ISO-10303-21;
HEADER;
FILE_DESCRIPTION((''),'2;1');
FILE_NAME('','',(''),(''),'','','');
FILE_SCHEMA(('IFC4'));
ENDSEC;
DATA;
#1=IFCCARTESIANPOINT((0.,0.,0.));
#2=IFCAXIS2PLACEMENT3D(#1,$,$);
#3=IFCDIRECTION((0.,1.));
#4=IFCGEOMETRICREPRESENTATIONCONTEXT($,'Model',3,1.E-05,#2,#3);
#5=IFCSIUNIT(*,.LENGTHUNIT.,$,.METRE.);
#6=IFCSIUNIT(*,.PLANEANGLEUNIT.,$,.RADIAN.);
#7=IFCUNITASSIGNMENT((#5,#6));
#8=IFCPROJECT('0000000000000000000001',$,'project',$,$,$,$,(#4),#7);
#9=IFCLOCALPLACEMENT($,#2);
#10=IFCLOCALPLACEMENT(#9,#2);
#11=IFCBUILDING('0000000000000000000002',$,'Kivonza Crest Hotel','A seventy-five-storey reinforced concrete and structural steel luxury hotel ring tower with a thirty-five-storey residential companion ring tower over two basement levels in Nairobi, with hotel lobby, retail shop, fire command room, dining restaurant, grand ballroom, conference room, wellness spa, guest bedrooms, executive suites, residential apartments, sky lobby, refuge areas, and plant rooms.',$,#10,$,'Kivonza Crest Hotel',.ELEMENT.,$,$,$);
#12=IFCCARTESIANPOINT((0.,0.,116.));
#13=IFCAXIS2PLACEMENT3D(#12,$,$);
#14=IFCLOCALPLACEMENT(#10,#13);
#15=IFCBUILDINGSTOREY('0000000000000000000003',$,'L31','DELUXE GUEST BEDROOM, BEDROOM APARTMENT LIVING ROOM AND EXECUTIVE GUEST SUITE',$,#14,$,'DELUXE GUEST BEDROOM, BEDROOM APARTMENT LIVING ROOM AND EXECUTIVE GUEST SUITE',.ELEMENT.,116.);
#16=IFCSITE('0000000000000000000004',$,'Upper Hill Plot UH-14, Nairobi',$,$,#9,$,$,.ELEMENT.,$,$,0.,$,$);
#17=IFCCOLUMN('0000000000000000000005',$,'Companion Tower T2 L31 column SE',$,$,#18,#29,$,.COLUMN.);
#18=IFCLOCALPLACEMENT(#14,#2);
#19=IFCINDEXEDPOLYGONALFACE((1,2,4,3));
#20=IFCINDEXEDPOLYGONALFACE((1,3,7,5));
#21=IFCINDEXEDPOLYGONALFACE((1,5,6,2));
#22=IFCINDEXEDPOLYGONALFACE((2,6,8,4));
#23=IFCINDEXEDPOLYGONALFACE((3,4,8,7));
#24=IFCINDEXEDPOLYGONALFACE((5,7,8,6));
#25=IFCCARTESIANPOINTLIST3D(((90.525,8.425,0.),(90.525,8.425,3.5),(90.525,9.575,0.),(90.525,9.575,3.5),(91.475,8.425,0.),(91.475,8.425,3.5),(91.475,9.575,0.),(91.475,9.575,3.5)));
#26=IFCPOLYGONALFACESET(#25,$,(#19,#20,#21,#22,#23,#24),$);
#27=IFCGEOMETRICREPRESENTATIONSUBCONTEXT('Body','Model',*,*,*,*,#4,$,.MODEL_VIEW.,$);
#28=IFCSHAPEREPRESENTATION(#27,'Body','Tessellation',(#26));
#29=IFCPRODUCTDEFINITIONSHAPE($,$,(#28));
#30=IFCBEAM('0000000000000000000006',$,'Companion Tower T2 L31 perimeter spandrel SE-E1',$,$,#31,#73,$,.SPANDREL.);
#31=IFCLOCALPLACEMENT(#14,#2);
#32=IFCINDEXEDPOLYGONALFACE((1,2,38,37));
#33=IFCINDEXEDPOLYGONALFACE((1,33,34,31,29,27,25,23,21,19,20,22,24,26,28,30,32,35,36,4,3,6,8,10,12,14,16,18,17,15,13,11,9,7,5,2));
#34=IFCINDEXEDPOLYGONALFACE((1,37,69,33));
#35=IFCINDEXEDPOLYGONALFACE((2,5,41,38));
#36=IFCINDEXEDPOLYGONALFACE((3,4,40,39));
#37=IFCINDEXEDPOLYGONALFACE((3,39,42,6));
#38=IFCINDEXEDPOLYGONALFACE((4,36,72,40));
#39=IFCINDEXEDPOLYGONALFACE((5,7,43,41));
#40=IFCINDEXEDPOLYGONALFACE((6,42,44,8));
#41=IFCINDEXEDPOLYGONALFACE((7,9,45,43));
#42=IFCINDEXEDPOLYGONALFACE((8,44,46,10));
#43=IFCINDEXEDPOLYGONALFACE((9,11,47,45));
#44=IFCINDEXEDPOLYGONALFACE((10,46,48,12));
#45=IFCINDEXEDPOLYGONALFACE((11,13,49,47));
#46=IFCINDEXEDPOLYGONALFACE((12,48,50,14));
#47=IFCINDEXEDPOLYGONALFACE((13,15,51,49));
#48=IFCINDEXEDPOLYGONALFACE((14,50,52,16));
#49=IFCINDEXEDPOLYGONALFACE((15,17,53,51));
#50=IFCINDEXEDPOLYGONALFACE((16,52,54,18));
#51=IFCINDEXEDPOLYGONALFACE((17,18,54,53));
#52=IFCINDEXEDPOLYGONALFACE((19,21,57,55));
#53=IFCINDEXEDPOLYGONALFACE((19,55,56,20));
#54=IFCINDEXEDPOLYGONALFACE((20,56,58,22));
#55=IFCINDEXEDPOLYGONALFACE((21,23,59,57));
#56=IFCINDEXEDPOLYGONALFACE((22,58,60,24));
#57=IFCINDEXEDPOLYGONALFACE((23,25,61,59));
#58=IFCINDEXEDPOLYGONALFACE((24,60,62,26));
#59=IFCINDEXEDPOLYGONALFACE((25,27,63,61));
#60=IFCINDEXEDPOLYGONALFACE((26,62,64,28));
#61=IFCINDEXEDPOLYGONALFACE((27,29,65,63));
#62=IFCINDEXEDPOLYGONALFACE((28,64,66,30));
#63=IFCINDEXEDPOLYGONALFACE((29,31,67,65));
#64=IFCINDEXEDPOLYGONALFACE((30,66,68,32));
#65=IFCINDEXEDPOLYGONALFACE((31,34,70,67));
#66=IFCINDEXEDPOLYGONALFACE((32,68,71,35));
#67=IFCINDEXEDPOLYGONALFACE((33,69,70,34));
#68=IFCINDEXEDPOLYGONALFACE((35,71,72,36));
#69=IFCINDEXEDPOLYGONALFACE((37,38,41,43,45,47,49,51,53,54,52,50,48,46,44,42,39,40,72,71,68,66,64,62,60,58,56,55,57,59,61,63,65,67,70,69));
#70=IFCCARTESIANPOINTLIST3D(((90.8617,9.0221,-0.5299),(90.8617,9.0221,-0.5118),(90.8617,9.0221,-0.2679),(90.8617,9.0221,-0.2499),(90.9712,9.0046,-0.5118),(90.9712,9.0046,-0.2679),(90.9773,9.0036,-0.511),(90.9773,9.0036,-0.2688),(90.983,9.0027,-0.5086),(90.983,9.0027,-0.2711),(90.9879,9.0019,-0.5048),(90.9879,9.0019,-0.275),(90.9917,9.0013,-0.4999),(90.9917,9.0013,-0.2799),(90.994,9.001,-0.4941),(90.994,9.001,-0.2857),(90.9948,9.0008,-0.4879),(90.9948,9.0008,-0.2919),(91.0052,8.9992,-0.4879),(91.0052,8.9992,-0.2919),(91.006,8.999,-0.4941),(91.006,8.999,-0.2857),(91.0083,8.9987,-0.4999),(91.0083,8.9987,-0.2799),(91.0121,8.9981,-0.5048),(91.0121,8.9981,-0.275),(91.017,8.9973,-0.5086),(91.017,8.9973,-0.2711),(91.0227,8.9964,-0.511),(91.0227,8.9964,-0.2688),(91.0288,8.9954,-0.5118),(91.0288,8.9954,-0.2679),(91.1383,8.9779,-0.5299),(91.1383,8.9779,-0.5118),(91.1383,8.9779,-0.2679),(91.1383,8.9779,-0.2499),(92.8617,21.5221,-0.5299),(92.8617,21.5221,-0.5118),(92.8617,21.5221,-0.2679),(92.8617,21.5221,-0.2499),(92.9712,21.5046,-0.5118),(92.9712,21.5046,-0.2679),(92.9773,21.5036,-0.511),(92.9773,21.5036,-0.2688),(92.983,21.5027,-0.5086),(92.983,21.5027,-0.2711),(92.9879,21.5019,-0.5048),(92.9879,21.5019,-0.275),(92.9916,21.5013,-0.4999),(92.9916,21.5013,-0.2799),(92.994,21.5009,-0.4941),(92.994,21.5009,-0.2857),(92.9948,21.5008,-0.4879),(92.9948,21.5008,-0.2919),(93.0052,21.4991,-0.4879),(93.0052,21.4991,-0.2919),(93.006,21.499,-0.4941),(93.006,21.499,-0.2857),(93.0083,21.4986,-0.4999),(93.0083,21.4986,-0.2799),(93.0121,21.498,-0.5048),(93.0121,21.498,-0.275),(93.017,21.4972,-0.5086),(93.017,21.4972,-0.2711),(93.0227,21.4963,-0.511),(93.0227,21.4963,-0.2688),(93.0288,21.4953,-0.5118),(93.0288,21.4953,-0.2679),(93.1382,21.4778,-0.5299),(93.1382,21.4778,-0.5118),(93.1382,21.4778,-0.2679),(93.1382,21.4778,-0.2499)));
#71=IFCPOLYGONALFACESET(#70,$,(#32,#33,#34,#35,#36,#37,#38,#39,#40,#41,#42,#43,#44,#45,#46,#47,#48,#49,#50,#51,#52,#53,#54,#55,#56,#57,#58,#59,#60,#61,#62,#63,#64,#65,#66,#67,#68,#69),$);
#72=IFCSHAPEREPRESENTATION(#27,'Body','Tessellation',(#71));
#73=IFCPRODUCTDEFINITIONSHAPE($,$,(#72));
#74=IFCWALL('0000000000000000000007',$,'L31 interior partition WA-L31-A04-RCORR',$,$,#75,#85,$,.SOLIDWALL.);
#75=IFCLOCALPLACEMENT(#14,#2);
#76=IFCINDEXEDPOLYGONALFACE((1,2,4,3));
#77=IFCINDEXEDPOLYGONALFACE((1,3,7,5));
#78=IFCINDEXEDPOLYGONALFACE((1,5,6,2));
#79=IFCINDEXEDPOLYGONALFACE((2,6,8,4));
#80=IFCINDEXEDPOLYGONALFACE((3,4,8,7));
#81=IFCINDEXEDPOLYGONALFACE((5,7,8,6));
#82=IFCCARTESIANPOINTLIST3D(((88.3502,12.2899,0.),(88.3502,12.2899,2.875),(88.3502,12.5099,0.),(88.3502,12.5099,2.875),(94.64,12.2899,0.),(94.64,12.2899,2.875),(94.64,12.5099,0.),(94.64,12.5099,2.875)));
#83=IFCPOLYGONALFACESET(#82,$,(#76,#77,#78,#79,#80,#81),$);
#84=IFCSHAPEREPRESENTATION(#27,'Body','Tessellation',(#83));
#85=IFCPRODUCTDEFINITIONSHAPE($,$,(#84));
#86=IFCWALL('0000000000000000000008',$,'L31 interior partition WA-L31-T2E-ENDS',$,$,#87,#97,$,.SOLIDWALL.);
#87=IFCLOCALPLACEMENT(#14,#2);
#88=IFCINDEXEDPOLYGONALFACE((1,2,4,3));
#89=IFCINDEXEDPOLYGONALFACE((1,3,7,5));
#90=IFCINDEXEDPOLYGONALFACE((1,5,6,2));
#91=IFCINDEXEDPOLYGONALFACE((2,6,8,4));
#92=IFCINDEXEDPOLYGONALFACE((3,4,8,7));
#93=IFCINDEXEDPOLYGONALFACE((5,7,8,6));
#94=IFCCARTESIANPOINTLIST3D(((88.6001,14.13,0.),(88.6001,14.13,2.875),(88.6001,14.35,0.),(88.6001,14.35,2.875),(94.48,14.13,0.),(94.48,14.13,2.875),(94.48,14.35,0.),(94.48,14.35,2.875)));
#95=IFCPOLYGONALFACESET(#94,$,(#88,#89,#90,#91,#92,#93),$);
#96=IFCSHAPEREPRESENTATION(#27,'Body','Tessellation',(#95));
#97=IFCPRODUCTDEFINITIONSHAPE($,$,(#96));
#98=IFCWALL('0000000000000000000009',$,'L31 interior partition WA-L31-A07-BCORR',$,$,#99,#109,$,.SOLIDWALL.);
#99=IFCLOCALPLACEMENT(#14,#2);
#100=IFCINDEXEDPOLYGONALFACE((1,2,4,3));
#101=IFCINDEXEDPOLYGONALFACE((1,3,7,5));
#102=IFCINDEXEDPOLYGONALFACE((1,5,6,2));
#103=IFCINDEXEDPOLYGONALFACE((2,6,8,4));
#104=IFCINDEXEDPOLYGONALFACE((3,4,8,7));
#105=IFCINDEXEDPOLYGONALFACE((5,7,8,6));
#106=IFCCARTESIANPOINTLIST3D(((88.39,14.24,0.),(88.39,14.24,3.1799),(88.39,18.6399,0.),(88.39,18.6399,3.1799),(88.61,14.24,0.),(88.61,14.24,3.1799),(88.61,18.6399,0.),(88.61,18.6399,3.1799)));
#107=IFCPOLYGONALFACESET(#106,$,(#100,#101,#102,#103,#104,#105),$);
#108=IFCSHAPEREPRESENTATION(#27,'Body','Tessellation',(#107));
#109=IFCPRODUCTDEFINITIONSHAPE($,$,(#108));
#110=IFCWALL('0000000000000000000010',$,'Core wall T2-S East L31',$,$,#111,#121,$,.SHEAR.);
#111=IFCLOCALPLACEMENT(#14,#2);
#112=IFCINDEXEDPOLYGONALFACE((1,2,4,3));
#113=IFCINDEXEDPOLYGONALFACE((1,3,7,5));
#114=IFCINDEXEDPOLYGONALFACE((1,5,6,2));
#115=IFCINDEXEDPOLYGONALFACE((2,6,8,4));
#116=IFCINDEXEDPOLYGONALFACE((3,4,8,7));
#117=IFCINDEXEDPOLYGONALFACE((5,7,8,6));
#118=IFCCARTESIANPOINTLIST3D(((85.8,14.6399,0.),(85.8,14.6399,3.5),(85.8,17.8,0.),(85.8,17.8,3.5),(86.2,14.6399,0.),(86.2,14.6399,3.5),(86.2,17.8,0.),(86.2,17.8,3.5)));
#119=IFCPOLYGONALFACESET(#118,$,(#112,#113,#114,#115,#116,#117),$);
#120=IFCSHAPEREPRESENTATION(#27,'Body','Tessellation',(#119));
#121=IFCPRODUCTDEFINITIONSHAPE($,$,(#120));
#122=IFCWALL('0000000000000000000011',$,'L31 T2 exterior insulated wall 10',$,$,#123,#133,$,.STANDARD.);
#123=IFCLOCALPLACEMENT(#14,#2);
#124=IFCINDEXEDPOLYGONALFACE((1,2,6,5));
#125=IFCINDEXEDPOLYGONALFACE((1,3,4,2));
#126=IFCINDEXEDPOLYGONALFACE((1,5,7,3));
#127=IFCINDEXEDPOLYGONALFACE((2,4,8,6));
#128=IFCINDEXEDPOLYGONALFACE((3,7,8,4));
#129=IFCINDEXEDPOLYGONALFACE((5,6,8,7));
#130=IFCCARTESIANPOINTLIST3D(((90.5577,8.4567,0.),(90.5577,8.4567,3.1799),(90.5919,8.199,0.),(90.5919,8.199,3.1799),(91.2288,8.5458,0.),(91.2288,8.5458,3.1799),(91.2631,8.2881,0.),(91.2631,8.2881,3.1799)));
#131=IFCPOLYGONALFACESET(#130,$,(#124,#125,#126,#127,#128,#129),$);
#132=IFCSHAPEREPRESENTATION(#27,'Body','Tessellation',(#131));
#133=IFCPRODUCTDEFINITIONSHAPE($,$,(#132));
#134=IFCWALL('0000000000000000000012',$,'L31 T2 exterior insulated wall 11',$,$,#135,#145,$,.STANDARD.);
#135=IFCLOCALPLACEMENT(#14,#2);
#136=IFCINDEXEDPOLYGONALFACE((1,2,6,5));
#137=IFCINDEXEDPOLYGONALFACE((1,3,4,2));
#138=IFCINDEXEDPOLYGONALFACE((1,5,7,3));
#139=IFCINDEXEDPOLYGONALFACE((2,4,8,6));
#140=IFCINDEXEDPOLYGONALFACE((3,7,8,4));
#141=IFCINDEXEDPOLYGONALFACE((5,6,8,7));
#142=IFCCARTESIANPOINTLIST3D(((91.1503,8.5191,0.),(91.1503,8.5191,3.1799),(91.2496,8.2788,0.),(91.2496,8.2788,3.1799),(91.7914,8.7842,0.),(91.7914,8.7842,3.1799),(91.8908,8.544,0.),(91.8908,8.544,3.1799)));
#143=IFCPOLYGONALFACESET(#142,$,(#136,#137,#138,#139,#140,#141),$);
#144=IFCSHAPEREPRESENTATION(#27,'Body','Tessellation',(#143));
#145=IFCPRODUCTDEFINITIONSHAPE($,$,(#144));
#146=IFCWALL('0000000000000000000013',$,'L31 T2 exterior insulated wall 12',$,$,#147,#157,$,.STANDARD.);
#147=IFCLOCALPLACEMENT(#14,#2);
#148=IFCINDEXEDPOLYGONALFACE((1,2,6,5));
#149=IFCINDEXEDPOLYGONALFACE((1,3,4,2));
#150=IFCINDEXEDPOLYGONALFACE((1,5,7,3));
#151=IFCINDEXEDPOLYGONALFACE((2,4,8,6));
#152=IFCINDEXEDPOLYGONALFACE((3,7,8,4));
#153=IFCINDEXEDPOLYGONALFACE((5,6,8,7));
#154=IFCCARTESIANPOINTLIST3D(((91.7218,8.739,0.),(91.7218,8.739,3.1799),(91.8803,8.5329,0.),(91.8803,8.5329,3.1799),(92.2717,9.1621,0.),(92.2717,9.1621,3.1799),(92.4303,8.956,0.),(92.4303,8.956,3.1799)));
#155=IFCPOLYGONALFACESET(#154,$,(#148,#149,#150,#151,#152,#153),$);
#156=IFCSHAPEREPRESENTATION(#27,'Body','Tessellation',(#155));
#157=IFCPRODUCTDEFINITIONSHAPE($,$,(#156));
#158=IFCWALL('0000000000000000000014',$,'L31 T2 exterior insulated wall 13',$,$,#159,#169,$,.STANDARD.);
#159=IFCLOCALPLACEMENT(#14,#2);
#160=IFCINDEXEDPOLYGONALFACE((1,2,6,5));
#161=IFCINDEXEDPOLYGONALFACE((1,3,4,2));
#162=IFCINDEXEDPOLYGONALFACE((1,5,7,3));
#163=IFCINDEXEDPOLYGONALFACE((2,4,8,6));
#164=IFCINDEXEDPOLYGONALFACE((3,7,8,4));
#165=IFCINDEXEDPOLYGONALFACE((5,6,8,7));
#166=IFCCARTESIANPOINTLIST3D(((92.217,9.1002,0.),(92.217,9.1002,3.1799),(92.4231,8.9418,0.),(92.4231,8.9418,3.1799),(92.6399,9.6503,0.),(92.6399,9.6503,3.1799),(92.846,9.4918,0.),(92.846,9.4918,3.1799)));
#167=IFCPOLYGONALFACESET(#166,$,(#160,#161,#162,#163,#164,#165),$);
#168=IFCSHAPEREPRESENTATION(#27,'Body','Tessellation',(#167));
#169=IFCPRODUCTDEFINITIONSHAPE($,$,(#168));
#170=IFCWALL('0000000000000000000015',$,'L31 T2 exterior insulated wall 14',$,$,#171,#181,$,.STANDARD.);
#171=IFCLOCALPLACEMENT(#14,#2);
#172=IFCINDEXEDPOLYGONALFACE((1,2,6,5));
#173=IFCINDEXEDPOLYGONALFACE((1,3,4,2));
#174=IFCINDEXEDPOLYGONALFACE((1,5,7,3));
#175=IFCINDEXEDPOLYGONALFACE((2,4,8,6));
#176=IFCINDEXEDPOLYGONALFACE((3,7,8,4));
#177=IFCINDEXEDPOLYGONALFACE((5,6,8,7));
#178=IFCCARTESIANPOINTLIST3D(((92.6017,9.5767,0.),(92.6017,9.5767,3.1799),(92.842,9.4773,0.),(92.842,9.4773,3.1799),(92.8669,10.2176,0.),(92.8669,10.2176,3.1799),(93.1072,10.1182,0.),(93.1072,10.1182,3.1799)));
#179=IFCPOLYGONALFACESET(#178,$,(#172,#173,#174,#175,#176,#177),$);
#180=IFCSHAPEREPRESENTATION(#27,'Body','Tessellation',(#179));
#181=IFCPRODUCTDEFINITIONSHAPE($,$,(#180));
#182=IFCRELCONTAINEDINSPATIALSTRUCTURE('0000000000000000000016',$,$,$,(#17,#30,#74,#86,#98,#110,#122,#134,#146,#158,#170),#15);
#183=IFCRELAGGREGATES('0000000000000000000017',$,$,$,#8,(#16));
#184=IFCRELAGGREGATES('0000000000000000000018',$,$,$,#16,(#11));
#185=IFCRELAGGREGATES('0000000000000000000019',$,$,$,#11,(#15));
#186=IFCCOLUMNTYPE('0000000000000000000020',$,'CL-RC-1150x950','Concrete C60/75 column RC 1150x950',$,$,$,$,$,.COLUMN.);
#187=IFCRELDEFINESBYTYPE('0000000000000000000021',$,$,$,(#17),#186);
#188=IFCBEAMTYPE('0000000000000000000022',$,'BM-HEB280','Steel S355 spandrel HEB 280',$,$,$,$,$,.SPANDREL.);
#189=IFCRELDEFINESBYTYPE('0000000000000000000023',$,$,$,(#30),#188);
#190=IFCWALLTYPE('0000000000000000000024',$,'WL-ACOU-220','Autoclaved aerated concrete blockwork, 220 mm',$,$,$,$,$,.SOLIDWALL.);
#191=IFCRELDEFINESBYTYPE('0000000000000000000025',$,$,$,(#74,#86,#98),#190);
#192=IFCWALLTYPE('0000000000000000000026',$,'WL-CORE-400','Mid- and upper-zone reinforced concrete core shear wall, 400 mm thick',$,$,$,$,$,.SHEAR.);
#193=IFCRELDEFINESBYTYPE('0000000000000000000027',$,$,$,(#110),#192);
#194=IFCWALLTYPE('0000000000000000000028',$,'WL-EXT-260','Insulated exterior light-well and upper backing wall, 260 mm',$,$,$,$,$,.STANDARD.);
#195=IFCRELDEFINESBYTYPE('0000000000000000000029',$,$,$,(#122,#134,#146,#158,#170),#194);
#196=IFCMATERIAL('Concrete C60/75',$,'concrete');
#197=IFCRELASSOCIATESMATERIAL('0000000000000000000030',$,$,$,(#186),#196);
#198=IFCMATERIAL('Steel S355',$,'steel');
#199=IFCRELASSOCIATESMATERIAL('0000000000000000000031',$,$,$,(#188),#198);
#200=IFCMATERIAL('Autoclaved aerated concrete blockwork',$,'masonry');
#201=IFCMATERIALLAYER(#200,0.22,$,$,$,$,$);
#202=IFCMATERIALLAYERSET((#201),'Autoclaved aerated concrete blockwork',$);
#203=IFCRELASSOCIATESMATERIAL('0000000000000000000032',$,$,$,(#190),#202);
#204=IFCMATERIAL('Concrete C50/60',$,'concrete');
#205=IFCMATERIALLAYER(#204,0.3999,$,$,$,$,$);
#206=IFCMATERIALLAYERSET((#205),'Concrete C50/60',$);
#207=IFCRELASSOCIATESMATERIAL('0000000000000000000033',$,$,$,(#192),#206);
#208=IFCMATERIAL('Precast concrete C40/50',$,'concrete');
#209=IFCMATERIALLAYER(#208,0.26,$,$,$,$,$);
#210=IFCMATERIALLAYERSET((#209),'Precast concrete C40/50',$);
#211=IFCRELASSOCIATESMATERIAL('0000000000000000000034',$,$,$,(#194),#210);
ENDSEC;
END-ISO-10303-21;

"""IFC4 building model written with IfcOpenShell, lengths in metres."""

from ifc_helpers import new_model, si_unit, direction, frame, frame_2d, origin, origin_2d, place, context, subcontext, project, spatial, rectangle, i_section, extrude, material, layer, layer_set, material_profile, profile_set, type_object, element, save


model = new_model("IFC4")

# Units and contexts
model_context = context("Model", 3, precision=1e-05, world=origin(), true_north=direction((0.0, 1.0)))
body_context = subcontext(model_context, "Body", "Model", "MODEL_VIEW")
ifc_project = project(units=[si_unit("LENGTHUNIT", "METRE"), si_unit("PLANEANGLEUNIT", "RADIAN")], contexts=[model_context])

# Site, building, storey
site_placement = place(None, origin())
site = spatial("IfcSite", under=ifc_project, at=site_placement, Name="Upper Hill Plot UH-14, Nairobi", CompositionType="ELEMENT", RefElevation=0.0)
building_placement = place(site_placement, origin())
building = spatial("IfcBuilding", under=site, at=building_placement, Name="Kivonza Crest Hotel", Description="A seventy-five-storey reinforced concrete and structural steel luxury hotel ring tower with a thirty-five-storey residential companion ring tower over two basement levels in Nairobi, with hotel lobby, retail shop, fire command room, dining restaurant, grand ballroom, conference room, wellness spa, guest bedrooms, executive suites, residential apartments, sky lobby, refuge areas, and plant rooms.", LongName="Kivonza Crest Hotel", CompositionType="ELEMENT")
storey_placement = place(building_placement, frame((0.0, 0.0, 116.0)))
storey = spatial("IfcBuildingStorey", under=building, at=storey_placement, Name="L31", Description="DELUXE GUEST BEDROOM, BEDROOM APARTMENT LIVING ROOM AND EXECUTIVE GUEST SUITE", LongName="DELUXE GUEST BEDROOM, BEDROOM APARTMENT LIVING ROOM AND EXECUTIVE GUEST SUITE", CompositionType="ELEMENT", Elevation=116.0)

# Column
ifc_material_1 = material(Name="Concrete C60/75", Category="concrete")
ifc_material_profile_1 = material_profile(ifc_material_1, rectangle(XDim=0.95, YDim=1.1499, at=origin_2d()), Name="RC 1150x950")
ifc_profile_set_1 = profile_set([ifc_material_profile_1], Name="Concrete C60/75")
column_type = type_object("IfcColumnType", Name="CL-RC-1150x950", Description="Concrete C60/75 column RC 1150x950", PredefinedType="COLUMN", material=ifc_profile_set_1)
column_placement = place(storey_placement, frame((91.0, 9.0, 0.0), z_axis=(0.0, 0.0, 1.0), x_axis=(1.0, 0.0, 0.0)))
element("IfcColumn", 1, at=column_placement, inside=storey, type_object=column_type, Name="Companion Tower T2 L31 column SE", PredefinedType="COLUMN", context=body_context, shape_type="SweptSolid", body=[
    extrude(rectangle(XDim=0.95, YDim=1.1499, at=origin_2d()), origin(), (0.0, 0.0, 1.0), 3.5),
])

# Beam
ifc_material_2 = material(Name="Steel S355", Category="steel")
ifc_material_profile_2 = material_profile(ifc_material_2, i_section(OverallWidth=0.28, OverallDepth=0.28, WebThickness=0.0105, FlangeThickness=0.0181, FilletRadius=0.0239, at=origin_2d()), Name="HEB 280")
ifc_profile_set_2 = profile_set([ifc_material_profile_2], Name="Steel S355")
beam_type = type_object("IfcBeamType", Name="BM-HEB280", Description="Steel S355 spandrel HEB 280", PredefinedType="SPANDREL", material=ifc_profile_set_2)
beam_placement = place(storey_placement, frame((91.0, 9.0, -0.3899), z_axis=(0.157991, 0.987441, 0.0), x_axis=(-0.987441, 0.157991, 0.0)))
element("IfcBeam", 2, at=beam_placement, inside=storey, type_object=beam_type, Name="Companion Tower T2 L31 perimeter spandrel SE-E1", PredefinedType="SPANDREL", context=body_context, shape_type="SweptSolid", body=[
    extrude(i_section(OverallWidth=0.28, OverallDepth=0.28, WebThickness=0.0105, FlangeThickness=0.0181, FilletRadius=0.0239, at=origin_2d()), origin(), (0.0, 0.0, 1.0), 12.6589),
])

# Walls
ifc_material_3 = material(Name="Autoclaved aerated concrete blockwork", Category="masonry")
ifc_layer_1 = layer(ifc_material_3, 0.22)
ifc_layer_set_1 = layer_set([ifc_layer_1], Name="Autoclaved aerated concrete blockwork")
wall_type_1 = type_object("IfcWallType", Name="WL-ACOU-220", Description="Autoclaved aerated concrete blockwork, 220 mm", PredefinedType="SOLIDWALL", material=ifc_layer_set_1)
wall_1_placement = place(storey_placement, frame((88.3501, 12.3999, 0.0), z_axis=(0.0, 0.0, 1.0), x_axis=(1.0, 0.0, 0.0)))
element("IfcWall", 3, at=wall_1_placement, inside=storey, type_object=wall_type_1, Name="L31 interior partition WA-L31-A04-RCORR", PredefinedType="SOLIDWALL", context=body_context, shape_type="SweptSolid", body=[
    extrude(rectangle(XDim=6.2898, YDim=0.22, at=frame_2d((3.145, 0.0))), origin(), (0.0, 0.0, 1.0), 2.875),
])
wall_2_placement = place(storey_placement, frame((88.6001, 14.24, 0.0), z_axis=(0.0, 0.0, 1.0), x_axis=(1.0, 0.0, 0.0)))
element("IfcWall", 4, at=wall_2_placement, inside=storey, type_object=wall_type_1, Name="L31 interior partition WA-L31-T2E-ENDS", PredefinedType="SOLIDWALL", context=body_context, shape_type="SweptSolid", body=[
    extrude(rectangle(XDim=5.8799, YDim=0.22, at=frame_2d((2.9399, 0.0))), origin(), (0.0, 0.0, 1.0), 2.875),
])
wall_3_placement = place(storey_placement, frame((88.5, 14.24, 0.0), z_axis=(0.0, 0.0, 1.0), x_axis=(0.0, 1.0, 0.0)))
element("IfcWall", 5, at=wall_3_placement, inside=storey, type_object=wall_type_1, Name="L31 interior partition WA-L31-A07-BCORR", PredefinedType="SOLIDWALL", context=body_context, shape_type="SweptSolid", body=[
    extrude(rectangle(XDim=4.3999, YDim=0.22, at=frame_2d((2.2, 0.0))), origin(), (0.0, 0.0, 1.0), 3.1799),
])
ifc_material_4 = material(Name="Concrete C50/60", Category="concrete")
ifc_layer_2 = layer(ifc_material_4, 0.3999)
ifc_layer_set_2 = layer_set([ifc_layer_2], Name="Concrete C50/60")
wall_type_2 = type_object("IfcWallType", Name="WL-CORE-400", Description="Mid- and upper-zone reinforced concrete core shear wall, 400 mm thick", PredefinedType="SHEAR", material=ifc_layer_set_2)
wall_4_placement = place(storey_placement, frame((86.0, 14.6399, 0.0), z_axis=(0.0, 0.0, 1.0), x_axis=(0.0, 1.0, 0.0)))
element("IfcWall", 6, at=wall_4_placement, inside=storey, type_object=wall_type_2, Name="Core wall T2-S East L31", PredefinedType="SHEAR", context=body_context, shape_type="SweptSolid", body=[
    extrude(rectangle(XDim=3.1602, YDim=0.3999, at=frame_2d((1.5801, 0.0))), origin(), (0.0, 0.0, 1.0), 3.5),
])
ifc_material_5 = material(Name="Precast concrete C40/50", Category="concrete")
ifc_layer_3 = layer(ifc_material_5, 0.26)
ifc_layer_set_3 = layer_set([ifc_layer_3], Name="Precast concrete C40/50")
wall_type_3 = type_object("IfcWallType", Name="WL-EXT-260", Description="Insulated exterior light-well and upper backing wall, 260 mm", PredefinedType="STANDARD", material=ifc_layer_set_3)
wall_5_placement = place(storey_placement, frame((90.575, 8.3279, 0.0), z_axis=(0.0, 0.0, 1.0), x_axis=(0.9913, 0.13162, 0.0)))
element("IfcWall", 7, at=wall_5_placement, inside=storey, type_object=wall_type_3, Name="L31 T2 exterior insulated wall 10", PredefinedType="STANDARD", context=body_context, shape_type="SweptSolid", body=[
    extrude(rectangle(XDim=0.677, YDim=0.26, at=frame_2d((0.3384, 0.0))), origin(), (0.0, 0.0, 1.0), 3.1799),
])
for number, where, z_axis, x_axis, name in (
    (8, (91.2, 8.3989, 0.0), (0.0, 0.0, 1.0), (0.924094, 0.382165, 0.0), "L31 T2 exterior insulated wall 11"),
    (9, (91.801, 8.636, 0.0), (0.0, 0.0, 1.0), (0.792637, 0.609694, 0.0), "L31 T2 exterior insulated wall 12"),
    (10, (92.3201, 9.021, 0.0), (0.0, 0.0, 1.0), (0.609473, 0.792807, 0.0), "L31 T2 exterior insulated wall 13"),
):
    element("IfcWall", number, at=place(storey_placement, frame(where, z_axis=z_axis, x_axis=x_axis)), inside=storey, type_object=wall_type_3, Name=name, PredefinedType="STANDARD", context=body_context, shape_type="SweptSolid", body=[
        extrude(rectangle(XDim=0.6938, YDim=0.26, at=frame_2d((0.3469, 0.0))), origin(), (0.0, 0.0, 1.0), 3.1799),
    ])
wall_6_placement = place(storey_placement, frame((92.7219, 9.5271, 0.0), z_axis=(0.0, 0.0, 1.0), x_axis=(0.38229, 0.924043, 0.0)))
element("IfcWall", 11, at=wall_6_placement, inside=storey, type_object=wall_type_3, Name="L31 T2 exterior insulated wall 14", PredefinedType="STANDARD", context=body_context, shape_type="SweptSolid", body=[
    extrude(rectangle(XDim=0.6936, YDim=0.26, at=frame_2d((0.3467, 0.0))), origin(), (0.0, 0.0, 1.0), 3.1799),
])

save(model, "model.ifc")
